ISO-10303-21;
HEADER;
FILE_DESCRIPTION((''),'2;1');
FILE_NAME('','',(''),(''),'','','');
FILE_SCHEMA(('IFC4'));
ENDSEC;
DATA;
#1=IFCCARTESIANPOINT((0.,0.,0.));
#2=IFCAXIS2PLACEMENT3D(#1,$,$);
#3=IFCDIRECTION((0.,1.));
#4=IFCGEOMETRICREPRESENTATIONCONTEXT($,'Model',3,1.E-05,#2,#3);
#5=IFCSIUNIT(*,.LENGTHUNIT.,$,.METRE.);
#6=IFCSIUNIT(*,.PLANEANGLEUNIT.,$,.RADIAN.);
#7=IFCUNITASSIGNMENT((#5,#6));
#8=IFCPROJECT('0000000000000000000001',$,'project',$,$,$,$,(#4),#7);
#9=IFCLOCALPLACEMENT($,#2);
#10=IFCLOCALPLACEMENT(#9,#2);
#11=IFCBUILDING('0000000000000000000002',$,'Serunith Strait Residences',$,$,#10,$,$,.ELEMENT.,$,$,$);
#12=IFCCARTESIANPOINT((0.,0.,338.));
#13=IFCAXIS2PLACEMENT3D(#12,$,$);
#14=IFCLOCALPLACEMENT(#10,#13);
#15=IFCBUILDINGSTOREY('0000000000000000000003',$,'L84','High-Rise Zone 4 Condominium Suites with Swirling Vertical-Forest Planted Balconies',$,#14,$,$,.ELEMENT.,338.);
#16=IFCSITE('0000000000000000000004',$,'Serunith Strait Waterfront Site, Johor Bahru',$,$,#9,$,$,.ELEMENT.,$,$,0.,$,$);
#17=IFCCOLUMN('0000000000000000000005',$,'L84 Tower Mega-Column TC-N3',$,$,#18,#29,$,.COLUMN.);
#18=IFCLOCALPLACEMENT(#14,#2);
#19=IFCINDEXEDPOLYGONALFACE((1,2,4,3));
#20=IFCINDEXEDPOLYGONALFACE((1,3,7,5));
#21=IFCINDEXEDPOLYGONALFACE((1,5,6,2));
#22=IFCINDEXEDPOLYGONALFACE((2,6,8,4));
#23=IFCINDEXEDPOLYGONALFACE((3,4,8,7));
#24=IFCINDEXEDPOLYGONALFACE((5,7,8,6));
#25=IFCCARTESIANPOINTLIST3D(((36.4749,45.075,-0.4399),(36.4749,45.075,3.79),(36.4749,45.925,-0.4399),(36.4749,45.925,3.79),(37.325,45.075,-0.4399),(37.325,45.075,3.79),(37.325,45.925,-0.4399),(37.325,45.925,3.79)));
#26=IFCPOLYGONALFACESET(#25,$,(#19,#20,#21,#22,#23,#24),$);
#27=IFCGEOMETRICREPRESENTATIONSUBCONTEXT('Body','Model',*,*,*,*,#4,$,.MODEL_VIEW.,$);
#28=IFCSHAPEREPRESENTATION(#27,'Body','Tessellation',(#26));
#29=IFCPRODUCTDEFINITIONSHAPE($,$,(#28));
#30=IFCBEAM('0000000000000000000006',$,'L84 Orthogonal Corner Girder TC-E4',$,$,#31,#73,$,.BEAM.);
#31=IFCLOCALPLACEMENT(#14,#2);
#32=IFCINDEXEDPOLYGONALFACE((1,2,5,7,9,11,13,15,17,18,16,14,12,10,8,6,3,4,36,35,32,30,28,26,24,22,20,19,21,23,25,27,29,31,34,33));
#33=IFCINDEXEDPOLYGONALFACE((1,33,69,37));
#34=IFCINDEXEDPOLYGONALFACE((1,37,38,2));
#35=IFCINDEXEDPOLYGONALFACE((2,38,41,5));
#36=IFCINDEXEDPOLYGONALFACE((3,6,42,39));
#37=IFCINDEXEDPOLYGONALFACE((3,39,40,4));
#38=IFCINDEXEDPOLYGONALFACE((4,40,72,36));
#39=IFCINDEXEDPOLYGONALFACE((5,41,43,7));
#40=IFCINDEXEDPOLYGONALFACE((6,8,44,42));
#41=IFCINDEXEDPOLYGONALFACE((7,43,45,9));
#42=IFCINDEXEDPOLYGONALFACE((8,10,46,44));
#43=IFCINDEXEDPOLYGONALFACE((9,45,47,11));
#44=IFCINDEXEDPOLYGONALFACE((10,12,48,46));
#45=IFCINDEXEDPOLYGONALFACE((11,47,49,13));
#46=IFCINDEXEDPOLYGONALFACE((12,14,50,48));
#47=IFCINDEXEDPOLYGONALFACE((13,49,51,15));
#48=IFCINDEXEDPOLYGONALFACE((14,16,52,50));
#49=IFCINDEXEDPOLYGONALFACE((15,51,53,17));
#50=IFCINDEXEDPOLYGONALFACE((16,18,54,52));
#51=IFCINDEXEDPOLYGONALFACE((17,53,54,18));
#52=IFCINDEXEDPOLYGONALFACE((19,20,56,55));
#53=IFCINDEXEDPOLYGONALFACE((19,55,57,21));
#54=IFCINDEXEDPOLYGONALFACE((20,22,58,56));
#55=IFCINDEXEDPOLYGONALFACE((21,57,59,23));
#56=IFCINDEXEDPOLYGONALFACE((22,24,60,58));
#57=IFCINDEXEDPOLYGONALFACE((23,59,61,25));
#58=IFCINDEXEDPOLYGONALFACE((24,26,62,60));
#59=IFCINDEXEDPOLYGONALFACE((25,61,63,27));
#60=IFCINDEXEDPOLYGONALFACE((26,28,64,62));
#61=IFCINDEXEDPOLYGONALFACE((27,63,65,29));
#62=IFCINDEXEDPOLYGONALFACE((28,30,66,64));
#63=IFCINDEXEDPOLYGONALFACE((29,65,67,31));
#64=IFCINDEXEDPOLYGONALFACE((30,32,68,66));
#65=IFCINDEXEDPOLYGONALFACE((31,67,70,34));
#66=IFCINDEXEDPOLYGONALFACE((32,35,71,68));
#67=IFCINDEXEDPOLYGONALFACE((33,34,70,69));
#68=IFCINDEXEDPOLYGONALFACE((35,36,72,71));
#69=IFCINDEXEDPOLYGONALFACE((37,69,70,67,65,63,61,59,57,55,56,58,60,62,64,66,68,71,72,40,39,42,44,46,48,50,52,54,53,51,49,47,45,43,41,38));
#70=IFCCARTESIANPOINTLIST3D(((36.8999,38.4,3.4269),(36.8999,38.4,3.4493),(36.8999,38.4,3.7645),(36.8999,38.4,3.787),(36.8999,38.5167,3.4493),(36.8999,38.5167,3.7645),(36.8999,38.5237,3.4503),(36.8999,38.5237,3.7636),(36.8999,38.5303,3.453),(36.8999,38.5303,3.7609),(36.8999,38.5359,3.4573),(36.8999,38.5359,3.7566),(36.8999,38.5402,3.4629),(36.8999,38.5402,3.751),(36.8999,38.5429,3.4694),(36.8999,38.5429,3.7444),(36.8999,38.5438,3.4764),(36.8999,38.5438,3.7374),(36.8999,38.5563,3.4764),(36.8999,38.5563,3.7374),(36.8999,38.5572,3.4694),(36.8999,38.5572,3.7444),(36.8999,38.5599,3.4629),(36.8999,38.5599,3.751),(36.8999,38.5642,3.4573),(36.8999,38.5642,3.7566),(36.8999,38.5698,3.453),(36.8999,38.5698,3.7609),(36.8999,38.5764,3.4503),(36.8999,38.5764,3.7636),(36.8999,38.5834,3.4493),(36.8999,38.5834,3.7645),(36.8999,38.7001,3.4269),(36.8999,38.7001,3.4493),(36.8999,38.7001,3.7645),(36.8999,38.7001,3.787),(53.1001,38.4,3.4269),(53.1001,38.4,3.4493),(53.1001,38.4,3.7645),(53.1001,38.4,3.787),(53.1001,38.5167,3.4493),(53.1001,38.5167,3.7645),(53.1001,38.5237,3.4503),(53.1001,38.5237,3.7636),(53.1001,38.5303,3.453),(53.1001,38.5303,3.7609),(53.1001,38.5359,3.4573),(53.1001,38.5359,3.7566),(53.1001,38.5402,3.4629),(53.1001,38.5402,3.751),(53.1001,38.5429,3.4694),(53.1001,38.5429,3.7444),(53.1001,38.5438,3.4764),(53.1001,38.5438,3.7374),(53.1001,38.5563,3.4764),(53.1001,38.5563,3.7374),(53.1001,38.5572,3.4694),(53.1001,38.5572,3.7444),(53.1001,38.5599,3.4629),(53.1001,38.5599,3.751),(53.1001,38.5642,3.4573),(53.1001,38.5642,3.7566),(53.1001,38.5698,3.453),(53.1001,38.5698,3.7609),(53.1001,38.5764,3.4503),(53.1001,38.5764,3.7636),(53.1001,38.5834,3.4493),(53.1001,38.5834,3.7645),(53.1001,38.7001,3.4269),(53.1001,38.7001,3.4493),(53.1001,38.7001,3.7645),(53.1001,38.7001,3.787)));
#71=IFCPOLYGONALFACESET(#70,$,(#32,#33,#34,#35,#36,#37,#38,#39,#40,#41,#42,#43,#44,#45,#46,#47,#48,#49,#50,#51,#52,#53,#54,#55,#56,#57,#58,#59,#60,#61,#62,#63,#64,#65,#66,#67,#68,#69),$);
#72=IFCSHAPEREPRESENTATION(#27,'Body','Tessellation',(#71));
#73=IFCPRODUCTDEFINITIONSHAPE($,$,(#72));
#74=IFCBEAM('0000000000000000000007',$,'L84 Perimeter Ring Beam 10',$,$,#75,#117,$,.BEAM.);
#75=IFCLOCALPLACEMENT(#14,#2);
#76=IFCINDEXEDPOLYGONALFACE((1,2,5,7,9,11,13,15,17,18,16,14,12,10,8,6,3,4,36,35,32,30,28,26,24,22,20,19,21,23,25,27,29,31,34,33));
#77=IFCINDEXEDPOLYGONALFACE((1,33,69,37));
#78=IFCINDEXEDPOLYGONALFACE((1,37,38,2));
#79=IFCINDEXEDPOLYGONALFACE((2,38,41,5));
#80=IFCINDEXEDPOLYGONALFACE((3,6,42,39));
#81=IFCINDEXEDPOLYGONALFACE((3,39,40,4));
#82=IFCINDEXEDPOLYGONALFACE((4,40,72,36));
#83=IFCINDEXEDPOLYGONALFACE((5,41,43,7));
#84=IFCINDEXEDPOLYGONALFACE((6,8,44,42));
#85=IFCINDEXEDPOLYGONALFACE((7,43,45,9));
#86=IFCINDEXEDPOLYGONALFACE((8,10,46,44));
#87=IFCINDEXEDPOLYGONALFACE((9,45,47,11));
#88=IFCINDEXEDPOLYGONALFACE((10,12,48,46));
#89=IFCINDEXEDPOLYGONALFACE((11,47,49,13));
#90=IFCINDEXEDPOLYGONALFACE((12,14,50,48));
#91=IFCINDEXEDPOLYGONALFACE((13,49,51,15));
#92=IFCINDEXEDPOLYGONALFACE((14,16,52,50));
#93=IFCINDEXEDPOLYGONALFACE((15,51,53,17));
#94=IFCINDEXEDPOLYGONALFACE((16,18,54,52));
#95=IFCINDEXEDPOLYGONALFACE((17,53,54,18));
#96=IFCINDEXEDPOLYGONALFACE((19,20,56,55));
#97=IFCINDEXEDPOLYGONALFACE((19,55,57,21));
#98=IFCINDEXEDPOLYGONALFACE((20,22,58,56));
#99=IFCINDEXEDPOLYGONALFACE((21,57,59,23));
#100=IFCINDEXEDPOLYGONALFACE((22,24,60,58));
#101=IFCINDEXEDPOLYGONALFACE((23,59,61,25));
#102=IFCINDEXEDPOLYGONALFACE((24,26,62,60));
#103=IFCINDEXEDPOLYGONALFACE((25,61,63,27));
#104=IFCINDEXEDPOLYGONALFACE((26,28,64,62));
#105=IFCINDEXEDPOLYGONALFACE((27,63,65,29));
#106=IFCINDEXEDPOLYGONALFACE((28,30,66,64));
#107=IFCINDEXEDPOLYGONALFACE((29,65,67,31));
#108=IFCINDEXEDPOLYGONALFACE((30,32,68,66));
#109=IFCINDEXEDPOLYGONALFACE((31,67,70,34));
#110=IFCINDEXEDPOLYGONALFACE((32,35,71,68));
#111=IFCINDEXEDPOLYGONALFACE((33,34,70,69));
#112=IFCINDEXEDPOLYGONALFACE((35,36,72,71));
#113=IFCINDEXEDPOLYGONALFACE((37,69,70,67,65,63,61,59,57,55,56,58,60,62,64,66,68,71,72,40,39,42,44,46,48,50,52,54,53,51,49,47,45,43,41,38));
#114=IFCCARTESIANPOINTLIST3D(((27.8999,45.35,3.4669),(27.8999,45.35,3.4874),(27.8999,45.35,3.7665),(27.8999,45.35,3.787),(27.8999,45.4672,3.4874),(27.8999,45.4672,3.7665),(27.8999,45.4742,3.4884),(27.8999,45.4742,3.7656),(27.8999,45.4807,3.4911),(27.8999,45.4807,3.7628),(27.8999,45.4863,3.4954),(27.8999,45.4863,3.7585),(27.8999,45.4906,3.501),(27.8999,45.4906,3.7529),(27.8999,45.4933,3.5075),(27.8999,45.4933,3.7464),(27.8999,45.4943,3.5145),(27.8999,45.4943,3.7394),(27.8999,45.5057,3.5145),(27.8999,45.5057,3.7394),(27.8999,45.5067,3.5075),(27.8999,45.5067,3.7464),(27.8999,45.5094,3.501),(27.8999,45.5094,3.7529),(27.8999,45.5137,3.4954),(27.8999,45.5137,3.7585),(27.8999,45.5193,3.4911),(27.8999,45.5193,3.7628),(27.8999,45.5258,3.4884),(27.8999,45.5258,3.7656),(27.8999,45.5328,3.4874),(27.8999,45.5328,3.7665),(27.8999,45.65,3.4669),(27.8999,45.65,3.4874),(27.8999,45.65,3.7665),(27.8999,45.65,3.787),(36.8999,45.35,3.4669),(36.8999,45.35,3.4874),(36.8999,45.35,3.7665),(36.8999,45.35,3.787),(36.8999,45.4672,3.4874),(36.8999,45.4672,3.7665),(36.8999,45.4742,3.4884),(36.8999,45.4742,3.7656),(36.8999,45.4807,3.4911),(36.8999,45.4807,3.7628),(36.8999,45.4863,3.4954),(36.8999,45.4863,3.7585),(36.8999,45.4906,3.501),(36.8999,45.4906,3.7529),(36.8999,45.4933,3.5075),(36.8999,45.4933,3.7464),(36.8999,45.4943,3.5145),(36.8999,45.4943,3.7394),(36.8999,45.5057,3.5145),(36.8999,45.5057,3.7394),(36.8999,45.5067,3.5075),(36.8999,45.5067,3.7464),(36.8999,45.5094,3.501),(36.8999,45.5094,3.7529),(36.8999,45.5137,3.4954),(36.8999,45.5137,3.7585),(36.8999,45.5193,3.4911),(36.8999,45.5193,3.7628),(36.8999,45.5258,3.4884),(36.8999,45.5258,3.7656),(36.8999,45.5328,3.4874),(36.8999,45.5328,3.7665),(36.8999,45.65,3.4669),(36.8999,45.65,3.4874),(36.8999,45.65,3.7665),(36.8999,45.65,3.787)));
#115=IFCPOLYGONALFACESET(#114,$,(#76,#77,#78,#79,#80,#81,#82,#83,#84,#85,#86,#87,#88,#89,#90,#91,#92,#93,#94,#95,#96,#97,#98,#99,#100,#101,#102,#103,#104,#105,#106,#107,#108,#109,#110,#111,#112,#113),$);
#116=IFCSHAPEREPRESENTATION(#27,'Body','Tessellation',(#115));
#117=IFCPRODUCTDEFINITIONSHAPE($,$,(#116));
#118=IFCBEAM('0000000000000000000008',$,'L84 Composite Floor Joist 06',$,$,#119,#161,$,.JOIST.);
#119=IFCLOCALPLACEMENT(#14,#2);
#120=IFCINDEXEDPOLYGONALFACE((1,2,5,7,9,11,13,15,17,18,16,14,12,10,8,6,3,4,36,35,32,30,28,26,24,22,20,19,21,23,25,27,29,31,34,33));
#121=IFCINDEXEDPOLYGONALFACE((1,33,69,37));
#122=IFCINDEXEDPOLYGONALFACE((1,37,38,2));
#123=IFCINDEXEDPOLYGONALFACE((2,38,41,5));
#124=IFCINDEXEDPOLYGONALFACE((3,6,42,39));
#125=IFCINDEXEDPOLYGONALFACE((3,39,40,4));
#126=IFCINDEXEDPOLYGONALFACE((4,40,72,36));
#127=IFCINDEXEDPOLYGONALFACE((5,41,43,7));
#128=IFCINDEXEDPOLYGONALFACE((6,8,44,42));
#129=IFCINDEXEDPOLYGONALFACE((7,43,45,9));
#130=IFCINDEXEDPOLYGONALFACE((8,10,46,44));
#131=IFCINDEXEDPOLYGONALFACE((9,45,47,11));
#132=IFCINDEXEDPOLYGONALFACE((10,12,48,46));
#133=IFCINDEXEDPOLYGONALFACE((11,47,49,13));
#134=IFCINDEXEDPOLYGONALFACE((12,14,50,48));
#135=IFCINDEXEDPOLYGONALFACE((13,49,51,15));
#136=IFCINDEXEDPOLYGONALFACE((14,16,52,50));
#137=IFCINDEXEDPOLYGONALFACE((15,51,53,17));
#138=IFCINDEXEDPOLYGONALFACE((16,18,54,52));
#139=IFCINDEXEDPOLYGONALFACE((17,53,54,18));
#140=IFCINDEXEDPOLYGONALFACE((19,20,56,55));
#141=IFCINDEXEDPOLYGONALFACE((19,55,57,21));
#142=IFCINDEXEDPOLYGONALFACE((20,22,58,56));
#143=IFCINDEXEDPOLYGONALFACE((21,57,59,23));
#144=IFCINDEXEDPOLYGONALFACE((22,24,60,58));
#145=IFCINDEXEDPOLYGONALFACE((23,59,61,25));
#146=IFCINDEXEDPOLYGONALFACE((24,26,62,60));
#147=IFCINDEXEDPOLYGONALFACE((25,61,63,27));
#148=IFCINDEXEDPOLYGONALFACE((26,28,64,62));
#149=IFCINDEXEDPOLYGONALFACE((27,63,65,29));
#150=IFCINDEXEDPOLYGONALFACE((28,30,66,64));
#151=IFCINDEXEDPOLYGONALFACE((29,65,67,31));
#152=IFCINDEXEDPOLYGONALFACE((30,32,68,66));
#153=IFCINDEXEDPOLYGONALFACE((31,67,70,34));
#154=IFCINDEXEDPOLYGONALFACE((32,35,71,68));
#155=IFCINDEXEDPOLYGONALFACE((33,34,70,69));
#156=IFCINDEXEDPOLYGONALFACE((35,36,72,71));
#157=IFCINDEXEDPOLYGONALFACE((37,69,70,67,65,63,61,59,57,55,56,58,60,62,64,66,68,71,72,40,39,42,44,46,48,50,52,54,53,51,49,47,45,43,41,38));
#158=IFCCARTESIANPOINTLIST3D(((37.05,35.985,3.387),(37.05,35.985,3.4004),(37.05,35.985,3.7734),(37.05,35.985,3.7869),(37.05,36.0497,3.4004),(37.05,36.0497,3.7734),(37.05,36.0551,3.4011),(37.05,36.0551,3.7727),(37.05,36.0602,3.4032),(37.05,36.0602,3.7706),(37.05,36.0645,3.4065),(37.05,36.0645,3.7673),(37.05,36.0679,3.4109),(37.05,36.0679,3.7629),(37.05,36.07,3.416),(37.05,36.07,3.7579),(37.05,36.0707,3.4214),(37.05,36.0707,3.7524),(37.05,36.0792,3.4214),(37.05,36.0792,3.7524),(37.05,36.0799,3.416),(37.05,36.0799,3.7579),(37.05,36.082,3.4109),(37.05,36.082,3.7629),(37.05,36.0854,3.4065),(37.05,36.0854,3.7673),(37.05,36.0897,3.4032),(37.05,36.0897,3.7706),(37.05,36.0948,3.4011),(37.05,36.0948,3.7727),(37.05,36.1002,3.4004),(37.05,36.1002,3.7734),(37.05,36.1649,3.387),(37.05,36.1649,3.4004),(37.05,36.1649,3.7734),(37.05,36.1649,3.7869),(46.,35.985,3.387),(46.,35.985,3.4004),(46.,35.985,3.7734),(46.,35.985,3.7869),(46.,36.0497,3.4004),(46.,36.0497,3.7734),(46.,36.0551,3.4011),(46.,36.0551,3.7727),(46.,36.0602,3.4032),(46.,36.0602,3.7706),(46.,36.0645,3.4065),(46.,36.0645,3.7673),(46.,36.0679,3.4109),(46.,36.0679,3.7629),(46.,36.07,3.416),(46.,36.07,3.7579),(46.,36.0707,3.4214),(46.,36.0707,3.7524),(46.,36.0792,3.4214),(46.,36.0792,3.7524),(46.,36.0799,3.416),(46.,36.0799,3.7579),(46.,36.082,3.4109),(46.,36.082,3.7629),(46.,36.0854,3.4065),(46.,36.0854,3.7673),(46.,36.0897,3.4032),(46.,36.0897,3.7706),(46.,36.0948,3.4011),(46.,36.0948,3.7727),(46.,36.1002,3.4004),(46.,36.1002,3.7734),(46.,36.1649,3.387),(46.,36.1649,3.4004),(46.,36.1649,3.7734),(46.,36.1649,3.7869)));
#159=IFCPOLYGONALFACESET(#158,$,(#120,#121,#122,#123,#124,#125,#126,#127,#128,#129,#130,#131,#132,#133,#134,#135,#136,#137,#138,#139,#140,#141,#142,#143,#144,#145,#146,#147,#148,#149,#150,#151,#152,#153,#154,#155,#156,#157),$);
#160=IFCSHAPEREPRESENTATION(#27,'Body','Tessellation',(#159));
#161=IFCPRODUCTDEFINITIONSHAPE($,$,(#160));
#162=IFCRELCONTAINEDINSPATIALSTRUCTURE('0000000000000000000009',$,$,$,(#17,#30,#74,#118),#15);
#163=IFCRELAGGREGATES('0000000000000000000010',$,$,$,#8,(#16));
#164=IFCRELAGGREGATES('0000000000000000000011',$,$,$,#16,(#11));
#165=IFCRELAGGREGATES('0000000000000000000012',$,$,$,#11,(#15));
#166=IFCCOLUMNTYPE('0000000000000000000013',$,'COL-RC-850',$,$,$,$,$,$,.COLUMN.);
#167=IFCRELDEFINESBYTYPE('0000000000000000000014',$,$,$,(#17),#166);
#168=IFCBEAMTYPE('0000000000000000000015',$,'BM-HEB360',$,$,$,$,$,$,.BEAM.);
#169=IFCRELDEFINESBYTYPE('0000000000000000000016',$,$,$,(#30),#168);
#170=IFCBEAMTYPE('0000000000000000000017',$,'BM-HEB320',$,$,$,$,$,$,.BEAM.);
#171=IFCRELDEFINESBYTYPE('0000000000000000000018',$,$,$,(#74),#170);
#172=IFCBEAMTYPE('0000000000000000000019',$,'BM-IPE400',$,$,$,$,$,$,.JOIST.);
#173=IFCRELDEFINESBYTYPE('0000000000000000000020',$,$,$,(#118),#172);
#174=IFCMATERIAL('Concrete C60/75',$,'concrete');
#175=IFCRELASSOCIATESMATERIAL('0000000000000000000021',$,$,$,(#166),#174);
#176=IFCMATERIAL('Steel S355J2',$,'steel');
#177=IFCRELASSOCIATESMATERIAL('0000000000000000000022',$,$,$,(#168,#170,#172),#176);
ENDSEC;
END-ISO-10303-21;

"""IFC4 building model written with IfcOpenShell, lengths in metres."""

from ifc_helpers import new_model, si_unit, direction, frame, origin, origin_2d, place, context, subcontext, project, spatial, rectangle, i_section, extrude, source, transform, mapped, material, material_profile, profile_set, type_object, element, save


model = new_model("IFC4")

# Units and contexts
model_context = context("Model", 3, precision=1e-05, world=origin(), true_north=direction((0.0, 1.0)))
body_context = subcontext(model_context, "Body", "Model", "MODEL_VIEW")
ifc_project = project(units=[si_unit("LENGTHUNIT", "METRE"), si_unit("PLANEANGLEUNIT", "RADIAN")], contexts=[model_context])

# Site, building, storey
site_placement = place(None, origin())
site = spatial("IfcSite", under=ifc_project, at=site_placement, Name="Serunith Strait Waterfront Site, Johor Bahru", CompositionType="ELEMENT", RefElevation=0.0)
building_placement = place(site_placement, origin())
building = spatial("IfcBuilding", under=site, at=building_placement, Name="Serunith Strait Residences", CompositionType="ELEMENT")
storey_placement = place(building_placement, frame((0.0, 0.0, 338.0)))
storey = spatial("IfcBuildingStorey", under=building, at=storey_placement, Name="L84", Description="High-Rise Zone 4 Condominium Suites with Swirling Vertical-Forest Planted Balconies", CompositionType="ELEMENT", Elevation=338.0)

# Column
ifc_material_1 = material(Name="Concrete C60/75", Category="concrete")
ifc_material_profile_1 = material_profile(ifc_material_1, rectangle(XDim=0.8501, YDim=0.8501, at=origin_2d()), Name="RC 850x850")
ifc_profile_set_1 = profile_set([ifc_material_profile_1], Name="Concrete C60/75")
column_type = type_object("IfcColumnType", Name="COL-RC-850", PredefinedType="COLUMN", material=ifc_profile_set_1)
shared_shape_1 = source(origin(), body_context, "Body", "SweptSolid", [
    extrude(rectangle(XDim=0.8501, YDim=0.8501, at=origin_2d()), origin(), (0.0, 0.0, 1.0), 4.23),
])
column_placement = place(storey_placement, frame((36.8999, 45.5, -0.4399), z_axis=(0.0, 0.0, 1.0), x_axis=(1.0, 0.0, 0.0)))
element("IfcColumn", 1, at=column_placement, inside=storey, type_object=column_type, Name="L84 Tower Mega-Column TC-N3", PredefinedType="COLUMN", context=body_context, shape_type="MappedRepresentation", body=[
    mapped(shared_shape_1, transform((0.0, 0.0, 0.0), scale=1.0)),
])

# Beams
ifc_material_2 = material(Name="Steel S355J2", Category="steel")
ifc_material_profile_2 = material_profile(ifc_material_2, i_section(OverallWidth=0.3, OverallDepth=0.3601, WebThickness=0.0125, FlangeThickness=0.0225, FilletRadius=0.0271, at=origin_2d()), Name="HEB 360")
ifc_profile_set_2 = profile_set([ifc_material_profile_2], Name="Steel S355J2")
beam_type_1 = type_object("IfcBeamType", Name="BM-HEB360", PredefinedType="BEAM", material=ifc_profile_set_2)
shared_shape_2 = source(origin(), body_context, "Body", "SweptSolid", [
    extrude(i_section(OverallWidth=0.3, OverallDepth=0.3601, WebThickness=0.0125, FlangeThickness=0.0225, FilletRadius=0.0271, at=origin_2d()), origin(), (0.0, 0.0, 1.0), 16.2002),
])
beam_1_placement = place(storey_placement, frame((36.8999, 38.55, 3.6069), z_axis=(1.0, 0.0, 0.0), x_axis=(0.0, 1.0, 0.0)))
element("IfcBeam", 2, at=beam_1_placement, inside=storey, type_object=beam_type_1, Name="L84 Orthogonal Corner Girder TC-E4", PredefinedType="BEAM", context=body_context, shape_type="MappedRepresentation", body=[
    mapped(shared_shape_2, transform((0.0, 0.0, 0.0), scale=1.0)),
])
ifc_material_profile_3 = material_profile(ifc_material_2, i_section(OverallWidth=0.3, OverallDepth=0.3201, WebThickness=0.0115, FlangeThickness=0.0205, FilletRadius=0.0271, at=origin_2d()), Name="HEB 320")
ifc_profile_set_3 = profile_set([ifc_material_profile_3], Name="Steel S355J2")
beam_type_2 = type_object("IfcBeamType", Name="BM-HEB320", PredefinedType="BEAM", material=ifc_profile_set_3)
shared_shape_3 = source(origin(), body_context, "Body", "SweptSolid", [
    extrude(i_section(OverallWidth=0.3, OverallDepth=0.3201, WebThickness=0.0115, FlangeThickness=0.0205, FilletRadius=0.0271, at=origin_2d()), origin(), (0.0, 0.0, 1.0), 9.0),
])
beam_2_placement = place(storey_placement, frame((36.8999, 45.5, 3.627), z_axis=(-1.0, 0.0, 0.0), x_axis=(0.0, -1.0, 0.0)))
element("IfcBeam", 3, at=beam_2_placement, inside=storey, type_object=beam_type_2, Name="L84 Perimeter Ring Beam 10", PredefinedType="BEAM", context=body_context, shape_type="MappedRepresentation", body=[
    mapped(shared_shape_3, transform((0.0, 0.0, 0.0), scale=1.0)),
])
ifc_material_profile_4 = material_profile(ifc_material_2, i_section(OverallWidth=0.1799, OverallDepth=0.3999, WebThickness=0.0085, FlangeThickness=0.0134, FilletRadius=0.021, at=origin_2d()), Name="IPE 400")
ifc_profile_set_4 = profile_set([ifc_material_profile_4], Name="Steel S355J2")
beam_type_3 = type_object("IfcBeamType", Name="BM-IPE400", PredefinedType="JOIST", material=ifc_profile_set_4)
shared_shape_4 = source(origin(), body_context, "Body", "SweptSolid", [
    extrude(i_section(OverallWidth=0.1799, OverallDepth=0.3999, WebThickness=0.0085, FlangeThickness=0.0134, FilletRadius=0.021, at=origin_2d()), origin(), (0.0, 0.0, 1.0), 8.95),
])
beam_3_placement = place(storey_placement, frame((37.05, 36.075, 3.5869), z_axis=(1.0, 0.0, 0.0), x_axis=(0.0, 1.0, 0.0)))
element("IfcBeam", 4, at=beam_3_placement, inside=storey, type_object=beam_type_3, Name="L84 Composite Floor Joist 06", PredefinedType="JOIST", context=body_context, shape_type="MappedRepresentation", body=[
    mapped(shared_shape_4, transform((0.0, 0.0, 0.0), scale=1.0)),
])

save(model, "model.ifc")
